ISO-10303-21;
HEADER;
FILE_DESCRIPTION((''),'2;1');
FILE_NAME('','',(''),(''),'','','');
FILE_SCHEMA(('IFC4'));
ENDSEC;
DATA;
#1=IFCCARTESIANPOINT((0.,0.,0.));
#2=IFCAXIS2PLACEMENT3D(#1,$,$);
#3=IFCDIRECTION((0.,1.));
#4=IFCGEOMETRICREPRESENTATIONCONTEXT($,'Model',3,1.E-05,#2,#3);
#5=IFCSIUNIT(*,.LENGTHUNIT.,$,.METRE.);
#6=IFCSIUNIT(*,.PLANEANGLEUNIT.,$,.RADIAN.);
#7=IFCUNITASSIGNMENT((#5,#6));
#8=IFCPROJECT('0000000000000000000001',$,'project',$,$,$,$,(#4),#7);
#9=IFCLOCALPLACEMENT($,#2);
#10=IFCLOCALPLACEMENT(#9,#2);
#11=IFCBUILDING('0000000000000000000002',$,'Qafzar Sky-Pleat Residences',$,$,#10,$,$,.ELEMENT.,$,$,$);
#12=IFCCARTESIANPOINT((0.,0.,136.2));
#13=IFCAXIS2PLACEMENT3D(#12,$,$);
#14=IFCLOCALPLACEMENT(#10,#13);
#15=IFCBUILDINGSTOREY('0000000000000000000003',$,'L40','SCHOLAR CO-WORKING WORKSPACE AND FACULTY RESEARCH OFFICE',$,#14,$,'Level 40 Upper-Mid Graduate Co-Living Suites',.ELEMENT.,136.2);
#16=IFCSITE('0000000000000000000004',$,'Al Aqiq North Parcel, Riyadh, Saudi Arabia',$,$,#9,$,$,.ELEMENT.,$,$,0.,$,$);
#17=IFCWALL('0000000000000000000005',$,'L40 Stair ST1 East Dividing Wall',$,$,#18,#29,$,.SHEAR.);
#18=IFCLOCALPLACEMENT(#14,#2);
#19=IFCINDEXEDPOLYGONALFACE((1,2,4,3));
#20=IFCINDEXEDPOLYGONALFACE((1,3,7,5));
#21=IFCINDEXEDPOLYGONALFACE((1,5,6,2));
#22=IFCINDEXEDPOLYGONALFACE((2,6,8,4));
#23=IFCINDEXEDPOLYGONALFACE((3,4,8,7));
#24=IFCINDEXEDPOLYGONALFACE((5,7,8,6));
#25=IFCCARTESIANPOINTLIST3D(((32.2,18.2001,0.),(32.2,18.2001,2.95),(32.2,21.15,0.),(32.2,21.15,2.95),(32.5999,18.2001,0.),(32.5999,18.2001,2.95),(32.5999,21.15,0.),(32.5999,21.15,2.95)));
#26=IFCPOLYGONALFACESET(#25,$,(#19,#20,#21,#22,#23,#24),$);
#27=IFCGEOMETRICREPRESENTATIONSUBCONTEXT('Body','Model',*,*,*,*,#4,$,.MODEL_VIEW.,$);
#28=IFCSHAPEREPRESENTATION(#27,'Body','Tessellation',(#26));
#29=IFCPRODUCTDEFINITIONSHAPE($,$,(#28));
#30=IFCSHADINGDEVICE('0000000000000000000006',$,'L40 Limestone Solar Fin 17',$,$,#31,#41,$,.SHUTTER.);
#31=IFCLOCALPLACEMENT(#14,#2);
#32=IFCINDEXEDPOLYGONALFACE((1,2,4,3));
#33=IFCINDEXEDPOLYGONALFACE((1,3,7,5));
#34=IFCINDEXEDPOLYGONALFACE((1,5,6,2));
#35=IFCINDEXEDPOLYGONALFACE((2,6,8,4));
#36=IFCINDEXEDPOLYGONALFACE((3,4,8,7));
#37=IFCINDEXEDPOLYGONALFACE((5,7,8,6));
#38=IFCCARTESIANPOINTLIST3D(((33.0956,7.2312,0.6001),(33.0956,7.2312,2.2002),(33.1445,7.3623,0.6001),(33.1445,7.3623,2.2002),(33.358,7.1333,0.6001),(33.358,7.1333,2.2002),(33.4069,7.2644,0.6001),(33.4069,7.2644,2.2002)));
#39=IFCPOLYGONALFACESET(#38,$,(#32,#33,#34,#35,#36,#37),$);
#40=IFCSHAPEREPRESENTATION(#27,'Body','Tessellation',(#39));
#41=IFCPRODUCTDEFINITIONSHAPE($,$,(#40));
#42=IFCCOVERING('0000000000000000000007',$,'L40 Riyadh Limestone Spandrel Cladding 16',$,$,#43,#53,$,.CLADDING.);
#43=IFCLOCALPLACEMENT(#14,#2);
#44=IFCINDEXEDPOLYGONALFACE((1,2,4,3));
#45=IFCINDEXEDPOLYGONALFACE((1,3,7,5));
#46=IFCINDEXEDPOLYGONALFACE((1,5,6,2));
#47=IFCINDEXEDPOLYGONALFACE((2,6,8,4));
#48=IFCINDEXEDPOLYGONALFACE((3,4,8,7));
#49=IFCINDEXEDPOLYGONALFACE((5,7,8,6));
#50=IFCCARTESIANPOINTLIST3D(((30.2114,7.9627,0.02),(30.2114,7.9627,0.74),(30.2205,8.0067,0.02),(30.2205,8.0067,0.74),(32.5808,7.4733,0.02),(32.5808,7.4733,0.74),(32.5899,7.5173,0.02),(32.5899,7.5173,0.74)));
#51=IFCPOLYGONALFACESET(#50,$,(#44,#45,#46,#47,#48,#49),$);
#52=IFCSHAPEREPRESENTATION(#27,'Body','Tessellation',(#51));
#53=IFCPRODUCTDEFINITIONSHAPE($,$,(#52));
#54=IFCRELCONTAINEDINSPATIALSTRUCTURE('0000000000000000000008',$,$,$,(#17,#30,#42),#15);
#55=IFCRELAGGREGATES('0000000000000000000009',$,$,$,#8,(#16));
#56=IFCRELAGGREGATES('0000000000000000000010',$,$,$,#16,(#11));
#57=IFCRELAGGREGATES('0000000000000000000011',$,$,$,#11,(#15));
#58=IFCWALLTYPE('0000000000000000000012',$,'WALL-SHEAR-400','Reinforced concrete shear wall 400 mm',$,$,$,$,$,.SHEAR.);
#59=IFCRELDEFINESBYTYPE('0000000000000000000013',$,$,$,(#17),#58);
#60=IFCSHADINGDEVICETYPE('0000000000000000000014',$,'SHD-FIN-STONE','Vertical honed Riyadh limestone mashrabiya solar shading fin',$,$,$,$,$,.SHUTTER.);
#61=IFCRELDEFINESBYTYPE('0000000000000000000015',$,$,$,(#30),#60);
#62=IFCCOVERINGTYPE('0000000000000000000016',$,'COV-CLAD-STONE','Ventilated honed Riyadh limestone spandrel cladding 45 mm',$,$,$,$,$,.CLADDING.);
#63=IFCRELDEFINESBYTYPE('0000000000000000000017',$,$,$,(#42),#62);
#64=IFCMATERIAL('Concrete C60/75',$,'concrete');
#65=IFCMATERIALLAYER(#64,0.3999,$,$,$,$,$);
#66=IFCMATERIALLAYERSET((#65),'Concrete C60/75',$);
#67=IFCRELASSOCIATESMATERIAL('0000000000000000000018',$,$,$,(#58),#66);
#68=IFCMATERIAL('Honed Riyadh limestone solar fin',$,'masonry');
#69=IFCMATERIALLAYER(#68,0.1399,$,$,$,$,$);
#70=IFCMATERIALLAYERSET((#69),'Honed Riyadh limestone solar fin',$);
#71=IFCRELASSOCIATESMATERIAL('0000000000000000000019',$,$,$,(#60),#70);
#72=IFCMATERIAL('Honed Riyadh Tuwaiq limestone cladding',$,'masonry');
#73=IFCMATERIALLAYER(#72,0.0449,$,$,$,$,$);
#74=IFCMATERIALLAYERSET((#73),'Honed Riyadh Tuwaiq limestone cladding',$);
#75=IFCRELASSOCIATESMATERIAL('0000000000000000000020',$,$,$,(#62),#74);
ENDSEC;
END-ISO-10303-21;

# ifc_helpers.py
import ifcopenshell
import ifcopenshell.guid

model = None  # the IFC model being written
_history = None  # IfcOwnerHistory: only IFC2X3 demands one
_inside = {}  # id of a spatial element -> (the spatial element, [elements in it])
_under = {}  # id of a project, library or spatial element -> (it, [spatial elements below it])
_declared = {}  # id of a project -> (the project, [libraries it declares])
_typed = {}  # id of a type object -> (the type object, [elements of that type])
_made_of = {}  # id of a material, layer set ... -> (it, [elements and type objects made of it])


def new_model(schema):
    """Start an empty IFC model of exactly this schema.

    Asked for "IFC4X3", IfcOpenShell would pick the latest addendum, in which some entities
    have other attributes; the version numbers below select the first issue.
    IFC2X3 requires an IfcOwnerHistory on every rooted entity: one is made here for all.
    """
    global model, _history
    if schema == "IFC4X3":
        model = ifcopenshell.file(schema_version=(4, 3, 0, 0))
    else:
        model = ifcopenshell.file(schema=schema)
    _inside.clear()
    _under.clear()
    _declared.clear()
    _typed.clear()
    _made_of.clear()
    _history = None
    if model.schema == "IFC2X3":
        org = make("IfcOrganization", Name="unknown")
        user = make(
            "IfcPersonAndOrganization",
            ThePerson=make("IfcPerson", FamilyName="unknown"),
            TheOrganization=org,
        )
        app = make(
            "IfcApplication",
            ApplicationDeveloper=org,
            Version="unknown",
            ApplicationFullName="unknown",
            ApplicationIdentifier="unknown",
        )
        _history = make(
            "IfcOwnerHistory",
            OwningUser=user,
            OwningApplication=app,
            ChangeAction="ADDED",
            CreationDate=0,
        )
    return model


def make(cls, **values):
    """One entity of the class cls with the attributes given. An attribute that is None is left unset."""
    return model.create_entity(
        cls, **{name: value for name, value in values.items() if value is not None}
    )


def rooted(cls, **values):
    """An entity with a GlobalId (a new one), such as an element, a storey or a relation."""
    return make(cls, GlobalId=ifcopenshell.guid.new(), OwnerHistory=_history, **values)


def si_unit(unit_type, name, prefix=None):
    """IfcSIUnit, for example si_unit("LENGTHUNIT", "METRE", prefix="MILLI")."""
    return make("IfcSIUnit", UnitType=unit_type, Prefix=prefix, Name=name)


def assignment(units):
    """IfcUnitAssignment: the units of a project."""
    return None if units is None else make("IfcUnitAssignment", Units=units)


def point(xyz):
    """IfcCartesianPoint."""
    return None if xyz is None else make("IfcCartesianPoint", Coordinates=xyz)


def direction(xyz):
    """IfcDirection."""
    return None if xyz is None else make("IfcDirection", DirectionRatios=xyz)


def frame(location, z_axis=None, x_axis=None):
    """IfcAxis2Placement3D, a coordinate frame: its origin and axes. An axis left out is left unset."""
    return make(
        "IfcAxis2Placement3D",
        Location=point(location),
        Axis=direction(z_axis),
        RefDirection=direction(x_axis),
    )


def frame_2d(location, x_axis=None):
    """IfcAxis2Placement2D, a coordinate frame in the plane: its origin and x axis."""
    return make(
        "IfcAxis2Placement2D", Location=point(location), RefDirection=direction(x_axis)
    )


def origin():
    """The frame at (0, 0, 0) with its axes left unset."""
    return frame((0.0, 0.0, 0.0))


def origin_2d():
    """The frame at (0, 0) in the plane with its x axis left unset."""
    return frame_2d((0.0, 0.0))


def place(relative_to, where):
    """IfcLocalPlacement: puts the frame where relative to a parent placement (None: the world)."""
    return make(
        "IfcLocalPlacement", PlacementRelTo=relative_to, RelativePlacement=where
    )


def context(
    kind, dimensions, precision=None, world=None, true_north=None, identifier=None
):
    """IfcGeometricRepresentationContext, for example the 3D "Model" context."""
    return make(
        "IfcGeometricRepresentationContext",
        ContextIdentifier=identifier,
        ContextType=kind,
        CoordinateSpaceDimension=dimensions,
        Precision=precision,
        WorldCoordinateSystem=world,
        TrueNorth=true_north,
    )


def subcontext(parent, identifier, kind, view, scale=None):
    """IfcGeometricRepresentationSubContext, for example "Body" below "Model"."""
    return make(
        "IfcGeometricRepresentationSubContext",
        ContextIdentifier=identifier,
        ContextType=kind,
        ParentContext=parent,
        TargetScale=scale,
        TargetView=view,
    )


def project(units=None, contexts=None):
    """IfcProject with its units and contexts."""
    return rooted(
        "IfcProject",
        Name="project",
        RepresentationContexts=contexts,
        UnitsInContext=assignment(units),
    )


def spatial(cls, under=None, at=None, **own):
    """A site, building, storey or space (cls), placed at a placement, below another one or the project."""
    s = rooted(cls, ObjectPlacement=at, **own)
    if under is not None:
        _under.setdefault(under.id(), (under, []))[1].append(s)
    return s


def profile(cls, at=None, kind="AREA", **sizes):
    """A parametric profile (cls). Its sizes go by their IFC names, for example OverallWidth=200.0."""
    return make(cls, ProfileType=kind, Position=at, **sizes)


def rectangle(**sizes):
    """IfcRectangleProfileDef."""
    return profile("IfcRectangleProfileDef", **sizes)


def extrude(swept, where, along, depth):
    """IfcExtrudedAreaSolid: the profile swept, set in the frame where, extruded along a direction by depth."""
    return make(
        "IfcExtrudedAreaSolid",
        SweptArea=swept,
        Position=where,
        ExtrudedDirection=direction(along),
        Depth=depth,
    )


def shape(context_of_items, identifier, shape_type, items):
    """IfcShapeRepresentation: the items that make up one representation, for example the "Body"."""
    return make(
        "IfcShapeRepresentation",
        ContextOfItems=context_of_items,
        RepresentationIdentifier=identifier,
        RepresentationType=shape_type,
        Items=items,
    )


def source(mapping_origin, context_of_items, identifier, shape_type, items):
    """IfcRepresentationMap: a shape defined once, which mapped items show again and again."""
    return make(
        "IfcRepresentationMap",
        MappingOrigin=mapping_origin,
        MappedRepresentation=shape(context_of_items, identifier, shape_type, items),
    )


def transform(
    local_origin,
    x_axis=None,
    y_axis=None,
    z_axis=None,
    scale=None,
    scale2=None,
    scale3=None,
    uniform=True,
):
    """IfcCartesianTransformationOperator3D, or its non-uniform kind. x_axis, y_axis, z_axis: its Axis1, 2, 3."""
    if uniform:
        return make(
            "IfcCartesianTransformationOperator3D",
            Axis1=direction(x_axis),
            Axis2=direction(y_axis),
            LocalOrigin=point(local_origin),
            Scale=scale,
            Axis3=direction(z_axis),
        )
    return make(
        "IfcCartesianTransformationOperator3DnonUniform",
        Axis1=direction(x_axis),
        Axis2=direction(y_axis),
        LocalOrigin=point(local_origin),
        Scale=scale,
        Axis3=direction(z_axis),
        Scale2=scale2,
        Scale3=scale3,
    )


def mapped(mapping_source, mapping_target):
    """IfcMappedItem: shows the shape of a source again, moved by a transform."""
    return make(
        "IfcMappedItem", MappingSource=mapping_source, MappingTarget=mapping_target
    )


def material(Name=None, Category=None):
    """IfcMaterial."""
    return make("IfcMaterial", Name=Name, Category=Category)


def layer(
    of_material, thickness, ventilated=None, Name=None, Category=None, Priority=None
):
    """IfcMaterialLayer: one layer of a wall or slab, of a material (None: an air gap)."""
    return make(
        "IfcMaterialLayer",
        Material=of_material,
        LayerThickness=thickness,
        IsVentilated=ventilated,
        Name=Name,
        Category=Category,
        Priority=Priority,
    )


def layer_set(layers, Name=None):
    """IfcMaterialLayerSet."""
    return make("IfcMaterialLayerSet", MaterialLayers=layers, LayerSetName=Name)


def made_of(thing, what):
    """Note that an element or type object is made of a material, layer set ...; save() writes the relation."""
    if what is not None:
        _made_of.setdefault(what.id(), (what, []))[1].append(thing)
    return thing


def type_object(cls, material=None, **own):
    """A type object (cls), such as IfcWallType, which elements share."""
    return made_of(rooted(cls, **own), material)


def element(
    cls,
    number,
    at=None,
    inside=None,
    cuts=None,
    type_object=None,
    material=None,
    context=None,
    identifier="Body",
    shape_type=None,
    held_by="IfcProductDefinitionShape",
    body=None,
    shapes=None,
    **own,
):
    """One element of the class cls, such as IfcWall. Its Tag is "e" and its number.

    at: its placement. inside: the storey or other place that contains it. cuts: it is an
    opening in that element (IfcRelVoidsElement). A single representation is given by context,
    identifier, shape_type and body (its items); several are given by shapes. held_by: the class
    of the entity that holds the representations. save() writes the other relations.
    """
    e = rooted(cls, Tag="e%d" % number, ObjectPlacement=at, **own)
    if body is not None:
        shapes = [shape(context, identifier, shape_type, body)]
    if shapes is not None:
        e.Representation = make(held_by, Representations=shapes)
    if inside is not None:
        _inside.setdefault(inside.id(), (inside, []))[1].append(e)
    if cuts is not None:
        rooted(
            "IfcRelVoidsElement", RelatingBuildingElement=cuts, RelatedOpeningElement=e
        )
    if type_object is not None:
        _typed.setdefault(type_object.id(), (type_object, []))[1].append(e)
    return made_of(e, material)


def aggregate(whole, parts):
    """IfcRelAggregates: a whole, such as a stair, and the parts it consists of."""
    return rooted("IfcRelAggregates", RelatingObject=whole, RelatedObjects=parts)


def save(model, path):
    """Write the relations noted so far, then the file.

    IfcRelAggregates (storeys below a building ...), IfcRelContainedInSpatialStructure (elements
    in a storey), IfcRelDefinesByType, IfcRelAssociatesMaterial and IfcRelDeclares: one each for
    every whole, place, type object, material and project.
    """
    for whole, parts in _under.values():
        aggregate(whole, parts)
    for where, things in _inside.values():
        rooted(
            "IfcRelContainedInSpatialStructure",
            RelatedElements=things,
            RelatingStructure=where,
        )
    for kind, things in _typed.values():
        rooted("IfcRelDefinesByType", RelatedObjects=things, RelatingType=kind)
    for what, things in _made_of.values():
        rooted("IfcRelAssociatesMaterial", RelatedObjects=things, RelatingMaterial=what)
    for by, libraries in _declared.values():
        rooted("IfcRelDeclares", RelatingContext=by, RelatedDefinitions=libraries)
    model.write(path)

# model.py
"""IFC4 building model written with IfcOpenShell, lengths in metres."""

from ifc_helpers import new_model, si_unit, direction, frame, frame_2d, origin, origin_2d, place, context, subcontext, project, spatial, rectangle, extrude, source, transform, mapped, material, layer, layer_set, type_object, element, save


model = new_model("IFC4")

# Units and contexts
model_context = context("Model", 3, precision=1e-05, world=origin(), true_north=direction((0.0, 1.0)))
body_context = subcontext(model_context, "Body", "Model", "MODEL_VIEW")
ifc_project = project(units=[si_unit("LENGTHUNIT", "METRE"), si_unit("PLANEANGLEUNIT", "RADIAN")], contexts=[model_context])

# Site, building, storey
site_placement = place(None, origin())
site = spatial("IfcSite", under=ifc_project, at=site_placement, Name="Al Aqiq North Parcel, Riyadh, Saudi Arabia", CompositionType="ELEMENT", RefElevation=0.0)
building_placement = place(site_placement, origin())
building = spatial("IfcBuilding", under=site, at=building_placement, Name="Qafzar Sky-Pleat Residences", CompositionType="ELEMENT")
storey_placement = place(building_placement, frame((0.0, 0.0, 136.2)))
storey = spatial("IfcBuildingStorey", under=building, at=storey_placement, Name="L40", Description="SCHOLAR CO-WORKING WORKSPACE AND FACULTY RESEARCH OFFICE", LongName="Level 40 Upper-Mid Graduate Co-Living Suites", CompositionType="ELEMENT", Elevation=136.2)

# Shared definitions
ifc_material_1 = material(Name="Concrete C60/75", Category="concrete")

# Wall
ifc_layer_1 = layer(ifc_material_1, 0.3999)
ifc_layer_set_1 = layer_set([ifc_layer_1], Name="Concrete C60/75")
wall_type_1 = type_object("IfcWallType", Name="WALL-SHEAR-400", Description="Reinforced concrete shear wall 400 mm", PredefinedType="SHEAR", material=ifc_layer_set_1)
wall_1_placement = place(storey_placement, frame((32.3999, 18.2, 0.0), z_axis=(0.0, 0.0, 1.0), x_axis=(0.0, 1.0, 0.0)))
element("IfcWall", 1, at=wall_1_placement, inside=storey, type_object=wall_type_1, Name="L40 Stair ST1 East Dividing Wall", PredefinedType="SHEAR", context=body_context, shape_type="SweptSolid", body=[
    extrude(rectangle(XDim=2.95, YDim=0.3999, at=frame_2d((1.4751, 0.0))), origin(), (0.0, 0.0, 1.0), 2.95),
])

# Shading device
ifc_material_2 = material(Name="Honed Riyadh limestone solar fin", Category="masonry")
ifc_layer_2 = layer(ifc_material_2, 0.1399)
ifc_layer_set_2 = layer_set([ifc_layer_2], Name="Honed Riyadh limestone solar fin")
shading_device_type = type_object("IfcShadingDeviceType", Name="SHD-FIN-STONE", Description="Vertical honed Riyadh limestone mashrabiya solar shading fin", PredefinedType="SHUTTER", material=ifc_layer_set_2)
shared_shape_1 = source(origin(), body_context, "Body", "SweptSolid", [
    extrude(rectangle(XDim=0.1399, YDim=0.28, at=origin_2d()), origin(), (0.0, 0.0, 1.0), 1.6001),
])
shading_device_placement = place(storey_placement, frame((33.2512, 7.2478, 0.6001), z_axis=(0.0, 0.0, 1.0), x_axis=(-0.349549, -0.936918, 0.0)))
element("IfcShadingDevice", 2, at=shading_device_placement, inside=storey, type_object=shading_device_type, Name="L40 Limestone Solar Fin 17", PredefinedType="SHUTTER", context=body_context, shape_type="MappedRepresentation", body=[
    mapped(shared_shape_1, transform((0.0, 0.0, 0.0), x_axis=(1.0, 0.0, 0.0), y_axis=(0.0, 1.0, 0.0), z_axis=(0.0, 0.0, 1.0), scale=1.0)),
])

# Covering
ifc_material_3 = material(Name="Honed Riyadh Tuwaiq limestone cladding", Category="masonry")
ifc_layer_3 = layer(ifc_material_3, 0.0449)
ifc_layer_set_3 = layer_set([ifc_layer_3], Name="Honed Riyadh Tuwaiq limestone cladding")
covering_type = type_object("IfcCoveringType", Name="COV-CLAD-STONE", Description="Ventilated honed Riyadh limestone spandrel cladding 45 mm", PredefinedType="CLADDING", material=ifc_layer_set_3)
shared_shape_2 = source(origin(), body_context, "Body", "SweptSolid", [
    extrude(rectangle(XDim=2.4194, YDim=0.0449, at=origin_2d()), origin(), (0.0, 0.0, 1.0), 0.72),
])
covering_placement = place(storey_placement, frame((31.4006, 7.74, 0.02), z_axis=(0.0, 0.0, 1.0), x_axis=(0.979325, -0.202293, 0.0)))
element("IfcCovering", 3, at=covering_placement, inside=storey, type_object=covering_type, Name="L40 Riyadh Limestone Spandrel Cladding 16", PredefinedType="CLADDING", context=body_context, shape_type="MappedRepresentation", body=[
    mapped(shared_shape_2, transform((0.0, 0.0, 0.0), x_axis=(1.0, 0.0, 0.0), y_axis=(0.0, 1.0, 0.0), z_axis=(0.0, 0.0, 1.0), scale=1.0)),
])

save(model, "model.ifc")
